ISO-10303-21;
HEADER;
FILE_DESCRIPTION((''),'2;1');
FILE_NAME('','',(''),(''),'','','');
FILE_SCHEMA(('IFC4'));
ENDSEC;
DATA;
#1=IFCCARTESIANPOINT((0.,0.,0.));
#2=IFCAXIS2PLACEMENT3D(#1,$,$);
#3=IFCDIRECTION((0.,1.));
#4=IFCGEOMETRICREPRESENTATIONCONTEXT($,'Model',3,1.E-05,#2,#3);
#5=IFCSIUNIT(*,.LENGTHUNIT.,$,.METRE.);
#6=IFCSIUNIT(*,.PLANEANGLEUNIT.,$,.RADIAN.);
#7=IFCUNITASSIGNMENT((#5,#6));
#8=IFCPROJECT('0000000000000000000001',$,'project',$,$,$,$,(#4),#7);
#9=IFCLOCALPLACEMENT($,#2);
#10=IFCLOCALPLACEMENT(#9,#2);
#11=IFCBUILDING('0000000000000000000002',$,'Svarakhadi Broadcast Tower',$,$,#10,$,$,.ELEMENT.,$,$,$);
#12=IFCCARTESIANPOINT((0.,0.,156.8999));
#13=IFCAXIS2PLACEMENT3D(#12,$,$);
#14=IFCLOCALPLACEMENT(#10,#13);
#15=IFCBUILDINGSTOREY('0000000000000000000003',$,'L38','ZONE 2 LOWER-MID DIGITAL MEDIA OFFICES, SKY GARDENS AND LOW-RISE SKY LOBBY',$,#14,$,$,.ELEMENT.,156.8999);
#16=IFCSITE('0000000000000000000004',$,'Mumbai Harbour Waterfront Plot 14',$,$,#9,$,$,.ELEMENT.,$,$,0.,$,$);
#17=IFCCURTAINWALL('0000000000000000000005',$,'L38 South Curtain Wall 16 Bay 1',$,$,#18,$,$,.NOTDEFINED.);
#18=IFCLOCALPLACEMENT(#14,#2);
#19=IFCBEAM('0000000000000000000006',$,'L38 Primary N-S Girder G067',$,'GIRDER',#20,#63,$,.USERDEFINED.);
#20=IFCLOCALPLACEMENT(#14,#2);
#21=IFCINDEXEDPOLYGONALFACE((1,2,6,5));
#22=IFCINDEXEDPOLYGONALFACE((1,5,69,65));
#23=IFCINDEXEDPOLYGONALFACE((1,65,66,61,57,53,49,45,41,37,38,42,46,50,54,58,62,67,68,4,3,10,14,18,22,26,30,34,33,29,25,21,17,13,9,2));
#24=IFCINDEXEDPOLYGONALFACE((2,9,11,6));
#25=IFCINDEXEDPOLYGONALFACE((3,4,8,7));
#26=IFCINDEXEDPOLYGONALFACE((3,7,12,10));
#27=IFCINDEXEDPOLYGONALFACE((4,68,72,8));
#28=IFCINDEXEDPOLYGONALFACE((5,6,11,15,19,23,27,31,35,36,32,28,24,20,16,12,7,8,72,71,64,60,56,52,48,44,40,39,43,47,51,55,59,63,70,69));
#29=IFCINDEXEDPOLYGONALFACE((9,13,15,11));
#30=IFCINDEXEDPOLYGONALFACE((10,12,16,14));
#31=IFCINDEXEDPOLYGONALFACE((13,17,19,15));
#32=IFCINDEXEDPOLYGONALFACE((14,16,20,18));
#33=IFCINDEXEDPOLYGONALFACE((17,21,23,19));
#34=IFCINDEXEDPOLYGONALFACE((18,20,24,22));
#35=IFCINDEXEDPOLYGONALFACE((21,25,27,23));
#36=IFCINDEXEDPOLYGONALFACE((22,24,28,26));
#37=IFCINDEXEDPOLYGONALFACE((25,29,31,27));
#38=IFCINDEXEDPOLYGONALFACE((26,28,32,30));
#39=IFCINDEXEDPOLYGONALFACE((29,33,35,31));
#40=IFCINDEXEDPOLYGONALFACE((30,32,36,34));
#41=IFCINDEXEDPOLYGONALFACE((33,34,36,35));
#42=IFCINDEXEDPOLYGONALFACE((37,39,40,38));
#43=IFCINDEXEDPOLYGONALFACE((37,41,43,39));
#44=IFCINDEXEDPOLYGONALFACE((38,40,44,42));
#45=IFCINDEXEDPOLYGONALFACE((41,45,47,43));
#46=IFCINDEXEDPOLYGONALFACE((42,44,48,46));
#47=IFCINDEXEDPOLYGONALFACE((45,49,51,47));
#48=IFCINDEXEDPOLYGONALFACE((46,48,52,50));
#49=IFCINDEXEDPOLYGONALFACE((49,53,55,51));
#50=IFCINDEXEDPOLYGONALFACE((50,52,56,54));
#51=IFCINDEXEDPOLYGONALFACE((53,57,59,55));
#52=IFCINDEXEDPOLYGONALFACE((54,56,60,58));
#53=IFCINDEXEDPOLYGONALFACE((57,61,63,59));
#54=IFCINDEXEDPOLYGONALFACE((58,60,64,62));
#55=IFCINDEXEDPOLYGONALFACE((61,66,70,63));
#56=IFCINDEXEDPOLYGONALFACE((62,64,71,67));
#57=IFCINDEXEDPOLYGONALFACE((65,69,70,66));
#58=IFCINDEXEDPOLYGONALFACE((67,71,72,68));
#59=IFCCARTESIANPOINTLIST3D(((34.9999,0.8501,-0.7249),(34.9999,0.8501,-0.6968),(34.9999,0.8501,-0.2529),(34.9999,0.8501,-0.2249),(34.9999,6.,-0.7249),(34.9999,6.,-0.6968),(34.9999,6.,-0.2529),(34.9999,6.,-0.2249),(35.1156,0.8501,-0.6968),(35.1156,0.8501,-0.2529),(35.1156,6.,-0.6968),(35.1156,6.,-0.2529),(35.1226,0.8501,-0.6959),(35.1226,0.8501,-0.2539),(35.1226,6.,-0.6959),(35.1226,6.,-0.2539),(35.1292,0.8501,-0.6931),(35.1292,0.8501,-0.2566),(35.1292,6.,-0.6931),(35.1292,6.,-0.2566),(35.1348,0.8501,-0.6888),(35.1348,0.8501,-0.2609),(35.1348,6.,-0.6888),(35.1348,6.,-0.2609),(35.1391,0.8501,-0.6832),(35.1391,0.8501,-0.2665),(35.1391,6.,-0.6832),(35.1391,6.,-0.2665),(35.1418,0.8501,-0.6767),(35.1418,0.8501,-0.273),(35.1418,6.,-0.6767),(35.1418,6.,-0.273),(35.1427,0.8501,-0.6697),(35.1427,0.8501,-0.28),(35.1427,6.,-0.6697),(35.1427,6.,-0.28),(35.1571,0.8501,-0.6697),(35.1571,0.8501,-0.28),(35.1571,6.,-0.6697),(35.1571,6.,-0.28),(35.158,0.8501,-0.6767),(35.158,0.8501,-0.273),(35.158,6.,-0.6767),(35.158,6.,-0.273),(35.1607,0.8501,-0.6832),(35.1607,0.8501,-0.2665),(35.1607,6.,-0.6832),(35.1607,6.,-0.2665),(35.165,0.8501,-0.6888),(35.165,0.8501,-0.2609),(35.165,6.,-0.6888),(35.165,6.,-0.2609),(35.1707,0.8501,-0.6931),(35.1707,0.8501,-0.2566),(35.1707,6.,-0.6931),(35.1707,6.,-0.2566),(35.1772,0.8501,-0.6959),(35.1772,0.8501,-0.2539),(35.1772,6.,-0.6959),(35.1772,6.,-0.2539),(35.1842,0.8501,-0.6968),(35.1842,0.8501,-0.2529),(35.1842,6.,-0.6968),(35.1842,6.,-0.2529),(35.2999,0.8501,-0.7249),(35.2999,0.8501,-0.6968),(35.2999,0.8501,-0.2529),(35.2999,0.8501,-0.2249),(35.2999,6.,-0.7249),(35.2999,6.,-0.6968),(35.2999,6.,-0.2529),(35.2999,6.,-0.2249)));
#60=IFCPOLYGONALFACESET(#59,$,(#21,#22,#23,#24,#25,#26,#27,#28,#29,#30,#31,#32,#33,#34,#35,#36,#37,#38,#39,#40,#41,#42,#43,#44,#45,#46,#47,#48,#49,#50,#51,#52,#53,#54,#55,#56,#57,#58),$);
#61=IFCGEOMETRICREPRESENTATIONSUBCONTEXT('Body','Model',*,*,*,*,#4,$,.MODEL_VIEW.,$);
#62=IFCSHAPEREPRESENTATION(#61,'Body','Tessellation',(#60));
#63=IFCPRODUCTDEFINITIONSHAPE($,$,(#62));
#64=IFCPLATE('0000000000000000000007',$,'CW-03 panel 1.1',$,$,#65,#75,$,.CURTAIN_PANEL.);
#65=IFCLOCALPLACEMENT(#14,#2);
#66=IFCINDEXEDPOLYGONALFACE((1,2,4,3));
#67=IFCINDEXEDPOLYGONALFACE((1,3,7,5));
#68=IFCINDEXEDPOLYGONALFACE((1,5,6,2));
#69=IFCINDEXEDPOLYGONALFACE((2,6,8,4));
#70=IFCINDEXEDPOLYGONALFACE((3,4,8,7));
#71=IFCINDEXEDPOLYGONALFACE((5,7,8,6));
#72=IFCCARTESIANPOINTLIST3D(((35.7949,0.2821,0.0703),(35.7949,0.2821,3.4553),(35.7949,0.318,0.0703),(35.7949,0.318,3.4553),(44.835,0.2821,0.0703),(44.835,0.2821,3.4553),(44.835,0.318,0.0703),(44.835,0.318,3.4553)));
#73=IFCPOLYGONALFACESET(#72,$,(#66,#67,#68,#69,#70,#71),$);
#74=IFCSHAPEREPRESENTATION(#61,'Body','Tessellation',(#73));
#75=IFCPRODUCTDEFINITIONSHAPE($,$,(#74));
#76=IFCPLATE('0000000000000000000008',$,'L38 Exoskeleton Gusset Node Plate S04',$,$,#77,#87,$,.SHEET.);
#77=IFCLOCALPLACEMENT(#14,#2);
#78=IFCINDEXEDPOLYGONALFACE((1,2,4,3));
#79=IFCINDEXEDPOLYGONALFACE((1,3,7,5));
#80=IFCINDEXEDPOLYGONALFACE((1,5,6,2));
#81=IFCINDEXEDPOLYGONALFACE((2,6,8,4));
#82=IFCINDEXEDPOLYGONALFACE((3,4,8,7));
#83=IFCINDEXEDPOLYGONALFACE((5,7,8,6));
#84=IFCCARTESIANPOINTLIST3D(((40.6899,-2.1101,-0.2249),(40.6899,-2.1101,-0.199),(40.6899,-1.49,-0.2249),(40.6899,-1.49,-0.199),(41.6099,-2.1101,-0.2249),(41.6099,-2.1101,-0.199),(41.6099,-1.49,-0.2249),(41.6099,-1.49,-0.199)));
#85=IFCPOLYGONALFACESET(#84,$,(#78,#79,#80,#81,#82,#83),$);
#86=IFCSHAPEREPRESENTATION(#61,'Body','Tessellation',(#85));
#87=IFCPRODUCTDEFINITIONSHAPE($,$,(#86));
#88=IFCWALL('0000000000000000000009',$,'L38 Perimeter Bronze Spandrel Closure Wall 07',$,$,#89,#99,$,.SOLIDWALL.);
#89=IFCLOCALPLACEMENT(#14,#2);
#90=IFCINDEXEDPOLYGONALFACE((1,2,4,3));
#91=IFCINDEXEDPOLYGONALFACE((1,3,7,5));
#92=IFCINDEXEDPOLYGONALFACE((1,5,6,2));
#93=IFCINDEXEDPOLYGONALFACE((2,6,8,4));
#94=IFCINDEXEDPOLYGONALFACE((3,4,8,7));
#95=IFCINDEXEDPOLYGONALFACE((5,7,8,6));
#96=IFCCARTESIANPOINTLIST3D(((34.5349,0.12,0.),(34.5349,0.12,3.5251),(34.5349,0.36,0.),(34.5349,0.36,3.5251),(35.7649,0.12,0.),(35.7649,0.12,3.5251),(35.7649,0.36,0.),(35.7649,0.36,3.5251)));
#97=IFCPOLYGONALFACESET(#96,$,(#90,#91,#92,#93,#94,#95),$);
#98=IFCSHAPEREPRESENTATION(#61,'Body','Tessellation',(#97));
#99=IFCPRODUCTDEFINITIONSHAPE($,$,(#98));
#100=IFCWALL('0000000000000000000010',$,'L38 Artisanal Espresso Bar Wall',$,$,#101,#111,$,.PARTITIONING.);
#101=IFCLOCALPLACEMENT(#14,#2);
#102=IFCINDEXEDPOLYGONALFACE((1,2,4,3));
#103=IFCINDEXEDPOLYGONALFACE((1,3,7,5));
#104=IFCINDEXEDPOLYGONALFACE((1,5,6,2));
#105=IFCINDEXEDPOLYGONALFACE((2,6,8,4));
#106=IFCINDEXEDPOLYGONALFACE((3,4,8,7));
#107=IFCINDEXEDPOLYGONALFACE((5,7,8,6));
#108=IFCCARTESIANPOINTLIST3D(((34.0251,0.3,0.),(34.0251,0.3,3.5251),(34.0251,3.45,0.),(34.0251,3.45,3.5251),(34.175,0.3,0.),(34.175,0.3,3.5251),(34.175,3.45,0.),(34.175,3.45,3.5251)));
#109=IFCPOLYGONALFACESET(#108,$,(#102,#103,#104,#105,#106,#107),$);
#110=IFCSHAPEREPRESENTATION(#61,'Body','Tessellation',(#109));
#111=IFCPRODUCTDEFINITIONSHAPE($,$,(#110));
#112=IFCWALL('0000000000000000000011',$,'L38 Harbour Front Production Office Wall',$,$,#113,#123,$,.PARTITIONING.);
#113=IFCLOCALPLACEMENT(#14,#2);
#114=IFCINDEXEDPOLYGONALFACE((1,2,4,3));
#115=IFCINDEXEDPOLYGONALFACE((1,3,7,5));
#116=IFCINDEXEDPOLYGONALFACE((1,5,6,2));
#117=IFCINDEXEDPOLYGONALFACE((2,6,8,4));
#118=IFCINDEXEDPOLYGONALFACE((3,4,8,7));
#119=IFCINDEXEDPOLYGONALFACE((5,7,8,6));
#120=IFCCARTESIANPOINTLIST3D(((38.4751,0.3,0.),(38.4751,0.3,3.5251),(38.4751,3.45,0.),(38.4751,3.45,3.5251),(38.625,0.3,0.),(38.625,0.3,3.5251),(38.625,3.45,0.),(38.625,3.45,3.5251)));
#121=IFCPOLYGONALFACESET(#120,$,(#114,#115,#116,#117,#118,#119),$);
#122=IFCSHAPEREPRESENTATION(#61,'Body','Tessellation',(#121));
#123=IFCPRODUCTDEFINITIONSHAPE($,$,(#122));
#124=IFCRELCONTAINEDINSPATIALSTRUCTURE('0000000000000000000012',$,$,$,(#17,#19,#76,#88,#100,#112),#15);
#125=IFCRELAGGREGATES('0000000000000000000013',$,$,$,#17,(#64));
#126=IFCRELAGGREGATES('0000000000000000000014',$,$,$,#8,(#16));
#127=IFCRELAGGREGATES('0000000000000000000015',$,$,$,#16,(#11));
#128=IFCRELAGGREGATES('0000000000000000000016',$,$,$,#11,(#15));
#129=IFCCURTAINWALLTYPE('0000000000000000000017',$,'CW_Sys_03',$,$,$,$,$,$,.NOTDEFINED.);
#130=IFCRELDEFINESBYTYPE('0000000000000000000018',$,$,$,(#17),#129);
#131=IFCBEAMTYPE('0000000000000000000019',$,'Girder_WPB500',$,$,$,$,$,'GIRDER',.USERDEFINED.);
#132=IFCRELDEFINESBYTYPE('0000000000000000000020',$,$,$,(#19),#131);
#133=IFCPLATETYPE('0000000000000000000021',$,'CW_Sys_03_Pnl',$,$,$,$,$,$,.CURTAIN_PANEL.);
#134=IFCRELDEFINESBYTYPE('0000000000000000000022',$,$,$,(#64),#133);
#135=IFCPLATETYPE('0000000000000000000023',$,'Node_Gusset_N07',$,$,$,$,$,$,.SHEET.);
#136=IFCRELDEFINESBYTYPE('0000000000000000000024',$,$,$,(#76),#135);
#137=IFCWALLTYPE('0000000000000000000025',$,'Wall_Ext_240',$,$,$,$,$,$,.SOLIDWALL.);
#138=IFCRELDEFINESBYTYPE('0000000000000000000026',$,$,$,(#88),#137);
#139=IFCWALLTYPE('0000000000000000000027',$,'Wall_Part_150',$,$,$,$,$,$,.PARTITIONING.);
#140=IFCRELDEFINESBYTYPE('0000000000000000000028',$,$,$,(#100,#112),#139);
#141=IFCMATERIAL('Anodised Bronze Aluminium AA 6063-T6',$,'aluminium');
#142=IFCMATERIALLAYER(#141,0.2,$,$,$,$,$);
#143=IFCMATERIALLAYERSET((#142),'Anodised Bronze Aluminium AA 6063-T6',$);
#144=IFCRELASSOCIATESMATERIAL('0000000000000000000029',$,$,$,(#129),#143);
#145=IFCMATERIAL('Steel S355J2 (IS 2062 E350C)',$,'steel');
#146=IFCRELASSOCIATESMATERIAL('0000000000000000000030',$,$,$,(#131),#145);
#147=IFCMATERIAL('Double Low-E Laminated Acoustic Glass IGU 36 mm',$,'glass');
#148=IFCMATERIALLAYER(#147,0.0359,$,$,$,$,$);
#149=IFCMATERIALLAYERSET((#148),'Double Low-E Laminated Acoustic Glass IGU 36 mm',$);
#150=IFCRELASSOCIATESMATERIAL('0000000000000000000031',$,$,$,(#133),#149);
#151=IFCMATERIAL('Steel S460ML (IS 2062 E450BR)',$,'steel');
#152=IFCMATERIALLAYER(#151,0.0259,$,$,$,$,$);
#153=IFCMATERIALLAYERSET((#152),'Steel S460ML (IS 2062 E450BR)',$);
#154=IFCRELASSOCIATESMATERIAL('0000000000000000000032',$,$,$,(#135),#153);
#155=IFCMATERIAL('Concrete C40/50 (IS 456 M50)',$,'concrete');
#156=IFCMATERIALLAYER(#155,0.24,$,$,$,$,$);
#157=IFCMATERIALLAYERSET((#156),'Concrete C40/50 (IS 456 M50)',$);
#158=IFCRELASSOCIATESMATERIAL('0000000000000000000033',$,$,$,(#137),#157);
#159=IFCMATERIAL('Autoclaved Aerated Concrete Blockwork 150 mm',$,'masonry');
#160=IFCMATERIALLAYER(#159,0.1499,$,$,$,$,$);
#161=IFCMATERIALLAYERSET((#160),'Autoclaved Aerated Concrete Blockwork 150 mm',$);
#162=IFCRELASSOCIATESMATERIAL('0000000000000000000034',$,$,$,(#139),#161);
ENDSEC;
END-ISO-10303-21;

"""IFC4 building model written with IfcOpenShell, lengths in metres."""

from ifc_helpers import new_model, si_unit, direction, frame, frame_2d, origin, origin_2d, place, context, subcontext, project, spatial, rectangle, i_section, extrude, material, layer, layer_set, material_profile, profile_set, type_object, element, aggregate, save


model = new_model("IFC4")

# Units and contexts
model_context = context("Model", 3, precision=1e-05, world=origin(), true_north=direction((0.0, 1.0)))
body_context = subcontext(model_context, "Body", "Model", "MODEL_VIEW")
ifc_project = project(units=[si_unit("LENGTHUNIT", "METRE"), si_unit("PLANEANGLEUNIT", "RADIAN")], contexts=[model_context])

# Site, building, storey
site_placement = place(None, origin())
site = spatial("IfcSite", under=ifc_project, at=site_placement, Name="Mumbai Harbour Waterfront Plot 14", CompositionType="ELEMENT", RefElevation=0.0)
building_placement = place(site_placement, origin())
building = spatial("IfcBuilding", under=site, at=building_placement, Name="Svarakhadi Broadcast Tower", CompositionType="ELEMENT")
storey_placement = place(building_placement, frame((0.0, 0.0, 156.8999)))
storey = spatial("IfcBuildingStorey", under=building, at=storey_placement, Name="L38", Description="ZONE 2 LOWER-MID DIGITAL MEDIA OFFICES, SKY GARDENS AND LOW-RISE SKY LOBBY", CompositionType="ELEMENT", Elevation=156.8999)

# Shared definitions
ifc_material_1 = material(Name="Steel S460ML (IS 2062 E450BR)", Category="steel")

# Curtain wall
ifc_material_2 = material(Name="Anodised Bronze Aluminium AA 6063-T6", Category="aluminium")
ifc_layer_1 = layer(ifc_material_2, 0.2)
ifc_layer_set_1 = layer_set([ifc_layer_1], Name="Anodised Bronze Aluminium AA 6063-T6")
curtain_wall_type = type_object("IfcCurtainWallType", Name="CW_Sys_03", PredefinedType="NOTDEFINED", material=ifc_layer_set_1)
curtain_wall_1_placement = place(storey_placement, origin())
curtain_wall_1 = element("IfcCurtainWall", 1, at=curtain_wall_1_placement, inside=storey, type_object=curtain_wall_type, Name="L38 South Curtain Wall 16 Bay 1", PredefinedType="NOTDEFINED")

# Beam
ifc_material_3 = material(Name="Steel S355J2 (IS 2062 E350C)", Category="steel")
ifc_material_profile_1 = material_profile(ifc_material_3, i_section(OverallWidth=0.3, OverallDepth=0.5, WebThickness=0.0144, FlangeThickness=0.0281, FilletRadius=0.0271, at=origin_2d()), Name="WPB 500x300x187")
ifc_profile_set_1 = profile_set([ifc_material_profile_1], Name="Steel S355J2 (IS 2062 E350C)")
beam_type = type_object("IfcBeamType", Name="Girder_WPB500", ElementType="GIRDER", PredefinedType="USERDEFINED", material=ifc_profile_set_1)
beam_1_placement = place(storey_placement, frame((35.1499, 0.8501, -0.4749), z_axis=(0.0, 1.0, 0.0), x_axis=(-1.0, 0.0, 0.0)))
element("IfcBeam", 2, at=beam_1_placement, inside=storey, type_object=beam_type, Name="L38 Primary N-S Girder G067", ObjectType="GIRDER", PredefinedType="USERDEFINED", context=body_context, shape_type="SweptSolid", body=[
    extrude(i_section(OverallWidth=0.3, OverallDepth=0.5, WebThickness=0.0144, FlangeThickness=0.0281, FilletRadius=0.0271, at=origin_2d()), origin(), (0.0, 0.0, 1.0), 5.1499),
])

# Plates
ifc_material_4 = material(Name="Double Low-E Laminated Acoustic Glass IGU 36 mm", Category="glass")
ifc_layer_2 = layer(ifc_material_4, 0.0359)
ifc_layer_set_2 = layer_set([ifc_layer_2], Name="Double Low-E Laminated Acoustic Glass IGU 36 mm")
plate_type_1 = type_object("IfcPlateType", Name="CW_Sys_03_Pnl", PredefinedType="CURTAIN_PANEL", material=ifc_layer_set_2)
plate_1_placement = place(storey_placement, frame((40.3149, 0.3, 0.0703), z_axis=(0.0, 0.0, 1.0), x_axis=(-1.0, 0.0, 0.0)))
plate_1 = element("IfcPlate", 3, at=plate_1_placement, type_object=plate_type_1, Name="CW-03 panel 1.1", PredefinedType="CURTAIN_PANEL", context=body_context, shape_type="SweptSolid", body=[
    extrude(rectangle(XDim=9.04, YDim=0.0359, at=origin_2d()), origin(), (0.0, 0.0, 1.0), 3.385),
])
aggregate(curtain_wall_1, [plate_1])
ifc_layer_3 = layer(ifc_material_1, 0.0259)
ifc_layer_set_3 = layer_set([ifc_layer_3], Name="Steel S460ML (IS 2062 E450BR)")
plate_type_2 = type_object("IfcPlateType", Name="Node_Gusset_N07", PredefinedType="SHEET", material=ifc_layer_set_3)
plate_2_placement = place(storey_placement, frame((41.1499, -1.8, -0.2249), z_axis=(0.0, 0.0, 1.0), x_axis=(1.0, 0.0, 0.0)))
element("IfcPlate", 4, at=plate_2_placement, inside=storey, type_object=plate_type_2, Name="L38 Exoskeleton Gusset Node Plate S04", PredefinedType="SHEET", context=body_context, shape_type="SweptSolid", body=[
    extrude(rectangle(XDim=0.9199, YDim=0.6201, at=origin_2d()), origin(), (0.0, 0.0, 1.0), 0.0259),
])

# Walls
ifc_material_5 = material(Name="Concrete C40/50 (IS 456 M50)", Category="concrete")
ifc_layer_4 = layer(ifc_material_5, 0.24)
ifc_layer_set_4 = layer_set([ifc_layer_4], Name="Concrete C40/50 (IS 456 M50)")
wall_type_1 = type_object("IfcWallType", Name="Wall_Ext_240", PredefinedType="SOLIDWALL", material=ifc_layer_set_4)
wall_placement = place(storey_placement, frame((35.7649, 0.24, 0.0), z_axis=(0.0, 0.0, 1.0), x_axis=(-1.0, 0.0, 0.0)))
element("IfcWall", 5, at=wall_placement, inside=storey, type_object=wall_type_1, Name="L38 Perimeter Bronze Spandrel Closure Wall 07", PredefinedType="SOLIDWALL", context=body_context, shape_type="SweptSolid", body=[
    extrude(rectangle(XDim=1.23, YDim=0.24, at=frame_2d((0.615, 0.0))), origin(), (0.0, 0.0, 1.0), 3.5251),
])
ifc_material_6 = material(Name="Autoclaved Aerated Concrete Blockwork 150 mm", Category="masonry")
ifc_layer_5 = layer(ifc_material_6, 0.1499)
ifc_layer_set_5 = layer_set([ifc_layer_5], Name="Autoclaved Aerated Concrete Blockwork 150 mm")
wall_type_2 = type_object("IfcWallType", Name="Wall_Part_150", PredefinedType="PARTITIONING", material=ifc_layer_set_5)
for number, where, z_axis, x_axis, name in (
    (6, (34.1001, 0.3, 0.0), (0.0, 0.0, 1.0), (0.0, 1.0, 0.0), "L38 Artisanal Espresso Bar Wall"),
    (7, (38.55, 0.3, 0.0), (0.0, 0.0, 1.0), (0.0, 1.0, 0.0), "L38 Harbour Front Production Office Wall"),
):
    element("IfcWall", number, at=place(storey_placement, frame(where, z_axis=z_axis, x_axis=x_axis)), inside=storey, type_object=wall_type_2, Name=name, PredefinedType="PARTITIONING", context=body_context, shape_type="SweptSolid", body=[
        extrude(rectangle(XDim=3.1499, YDim=0.1499, at=frame_2d((1.575, 0.0))), origin(), (0.0, 0.0, 1.0), 3.5251),
    ])

save(model, "model.ifc")
